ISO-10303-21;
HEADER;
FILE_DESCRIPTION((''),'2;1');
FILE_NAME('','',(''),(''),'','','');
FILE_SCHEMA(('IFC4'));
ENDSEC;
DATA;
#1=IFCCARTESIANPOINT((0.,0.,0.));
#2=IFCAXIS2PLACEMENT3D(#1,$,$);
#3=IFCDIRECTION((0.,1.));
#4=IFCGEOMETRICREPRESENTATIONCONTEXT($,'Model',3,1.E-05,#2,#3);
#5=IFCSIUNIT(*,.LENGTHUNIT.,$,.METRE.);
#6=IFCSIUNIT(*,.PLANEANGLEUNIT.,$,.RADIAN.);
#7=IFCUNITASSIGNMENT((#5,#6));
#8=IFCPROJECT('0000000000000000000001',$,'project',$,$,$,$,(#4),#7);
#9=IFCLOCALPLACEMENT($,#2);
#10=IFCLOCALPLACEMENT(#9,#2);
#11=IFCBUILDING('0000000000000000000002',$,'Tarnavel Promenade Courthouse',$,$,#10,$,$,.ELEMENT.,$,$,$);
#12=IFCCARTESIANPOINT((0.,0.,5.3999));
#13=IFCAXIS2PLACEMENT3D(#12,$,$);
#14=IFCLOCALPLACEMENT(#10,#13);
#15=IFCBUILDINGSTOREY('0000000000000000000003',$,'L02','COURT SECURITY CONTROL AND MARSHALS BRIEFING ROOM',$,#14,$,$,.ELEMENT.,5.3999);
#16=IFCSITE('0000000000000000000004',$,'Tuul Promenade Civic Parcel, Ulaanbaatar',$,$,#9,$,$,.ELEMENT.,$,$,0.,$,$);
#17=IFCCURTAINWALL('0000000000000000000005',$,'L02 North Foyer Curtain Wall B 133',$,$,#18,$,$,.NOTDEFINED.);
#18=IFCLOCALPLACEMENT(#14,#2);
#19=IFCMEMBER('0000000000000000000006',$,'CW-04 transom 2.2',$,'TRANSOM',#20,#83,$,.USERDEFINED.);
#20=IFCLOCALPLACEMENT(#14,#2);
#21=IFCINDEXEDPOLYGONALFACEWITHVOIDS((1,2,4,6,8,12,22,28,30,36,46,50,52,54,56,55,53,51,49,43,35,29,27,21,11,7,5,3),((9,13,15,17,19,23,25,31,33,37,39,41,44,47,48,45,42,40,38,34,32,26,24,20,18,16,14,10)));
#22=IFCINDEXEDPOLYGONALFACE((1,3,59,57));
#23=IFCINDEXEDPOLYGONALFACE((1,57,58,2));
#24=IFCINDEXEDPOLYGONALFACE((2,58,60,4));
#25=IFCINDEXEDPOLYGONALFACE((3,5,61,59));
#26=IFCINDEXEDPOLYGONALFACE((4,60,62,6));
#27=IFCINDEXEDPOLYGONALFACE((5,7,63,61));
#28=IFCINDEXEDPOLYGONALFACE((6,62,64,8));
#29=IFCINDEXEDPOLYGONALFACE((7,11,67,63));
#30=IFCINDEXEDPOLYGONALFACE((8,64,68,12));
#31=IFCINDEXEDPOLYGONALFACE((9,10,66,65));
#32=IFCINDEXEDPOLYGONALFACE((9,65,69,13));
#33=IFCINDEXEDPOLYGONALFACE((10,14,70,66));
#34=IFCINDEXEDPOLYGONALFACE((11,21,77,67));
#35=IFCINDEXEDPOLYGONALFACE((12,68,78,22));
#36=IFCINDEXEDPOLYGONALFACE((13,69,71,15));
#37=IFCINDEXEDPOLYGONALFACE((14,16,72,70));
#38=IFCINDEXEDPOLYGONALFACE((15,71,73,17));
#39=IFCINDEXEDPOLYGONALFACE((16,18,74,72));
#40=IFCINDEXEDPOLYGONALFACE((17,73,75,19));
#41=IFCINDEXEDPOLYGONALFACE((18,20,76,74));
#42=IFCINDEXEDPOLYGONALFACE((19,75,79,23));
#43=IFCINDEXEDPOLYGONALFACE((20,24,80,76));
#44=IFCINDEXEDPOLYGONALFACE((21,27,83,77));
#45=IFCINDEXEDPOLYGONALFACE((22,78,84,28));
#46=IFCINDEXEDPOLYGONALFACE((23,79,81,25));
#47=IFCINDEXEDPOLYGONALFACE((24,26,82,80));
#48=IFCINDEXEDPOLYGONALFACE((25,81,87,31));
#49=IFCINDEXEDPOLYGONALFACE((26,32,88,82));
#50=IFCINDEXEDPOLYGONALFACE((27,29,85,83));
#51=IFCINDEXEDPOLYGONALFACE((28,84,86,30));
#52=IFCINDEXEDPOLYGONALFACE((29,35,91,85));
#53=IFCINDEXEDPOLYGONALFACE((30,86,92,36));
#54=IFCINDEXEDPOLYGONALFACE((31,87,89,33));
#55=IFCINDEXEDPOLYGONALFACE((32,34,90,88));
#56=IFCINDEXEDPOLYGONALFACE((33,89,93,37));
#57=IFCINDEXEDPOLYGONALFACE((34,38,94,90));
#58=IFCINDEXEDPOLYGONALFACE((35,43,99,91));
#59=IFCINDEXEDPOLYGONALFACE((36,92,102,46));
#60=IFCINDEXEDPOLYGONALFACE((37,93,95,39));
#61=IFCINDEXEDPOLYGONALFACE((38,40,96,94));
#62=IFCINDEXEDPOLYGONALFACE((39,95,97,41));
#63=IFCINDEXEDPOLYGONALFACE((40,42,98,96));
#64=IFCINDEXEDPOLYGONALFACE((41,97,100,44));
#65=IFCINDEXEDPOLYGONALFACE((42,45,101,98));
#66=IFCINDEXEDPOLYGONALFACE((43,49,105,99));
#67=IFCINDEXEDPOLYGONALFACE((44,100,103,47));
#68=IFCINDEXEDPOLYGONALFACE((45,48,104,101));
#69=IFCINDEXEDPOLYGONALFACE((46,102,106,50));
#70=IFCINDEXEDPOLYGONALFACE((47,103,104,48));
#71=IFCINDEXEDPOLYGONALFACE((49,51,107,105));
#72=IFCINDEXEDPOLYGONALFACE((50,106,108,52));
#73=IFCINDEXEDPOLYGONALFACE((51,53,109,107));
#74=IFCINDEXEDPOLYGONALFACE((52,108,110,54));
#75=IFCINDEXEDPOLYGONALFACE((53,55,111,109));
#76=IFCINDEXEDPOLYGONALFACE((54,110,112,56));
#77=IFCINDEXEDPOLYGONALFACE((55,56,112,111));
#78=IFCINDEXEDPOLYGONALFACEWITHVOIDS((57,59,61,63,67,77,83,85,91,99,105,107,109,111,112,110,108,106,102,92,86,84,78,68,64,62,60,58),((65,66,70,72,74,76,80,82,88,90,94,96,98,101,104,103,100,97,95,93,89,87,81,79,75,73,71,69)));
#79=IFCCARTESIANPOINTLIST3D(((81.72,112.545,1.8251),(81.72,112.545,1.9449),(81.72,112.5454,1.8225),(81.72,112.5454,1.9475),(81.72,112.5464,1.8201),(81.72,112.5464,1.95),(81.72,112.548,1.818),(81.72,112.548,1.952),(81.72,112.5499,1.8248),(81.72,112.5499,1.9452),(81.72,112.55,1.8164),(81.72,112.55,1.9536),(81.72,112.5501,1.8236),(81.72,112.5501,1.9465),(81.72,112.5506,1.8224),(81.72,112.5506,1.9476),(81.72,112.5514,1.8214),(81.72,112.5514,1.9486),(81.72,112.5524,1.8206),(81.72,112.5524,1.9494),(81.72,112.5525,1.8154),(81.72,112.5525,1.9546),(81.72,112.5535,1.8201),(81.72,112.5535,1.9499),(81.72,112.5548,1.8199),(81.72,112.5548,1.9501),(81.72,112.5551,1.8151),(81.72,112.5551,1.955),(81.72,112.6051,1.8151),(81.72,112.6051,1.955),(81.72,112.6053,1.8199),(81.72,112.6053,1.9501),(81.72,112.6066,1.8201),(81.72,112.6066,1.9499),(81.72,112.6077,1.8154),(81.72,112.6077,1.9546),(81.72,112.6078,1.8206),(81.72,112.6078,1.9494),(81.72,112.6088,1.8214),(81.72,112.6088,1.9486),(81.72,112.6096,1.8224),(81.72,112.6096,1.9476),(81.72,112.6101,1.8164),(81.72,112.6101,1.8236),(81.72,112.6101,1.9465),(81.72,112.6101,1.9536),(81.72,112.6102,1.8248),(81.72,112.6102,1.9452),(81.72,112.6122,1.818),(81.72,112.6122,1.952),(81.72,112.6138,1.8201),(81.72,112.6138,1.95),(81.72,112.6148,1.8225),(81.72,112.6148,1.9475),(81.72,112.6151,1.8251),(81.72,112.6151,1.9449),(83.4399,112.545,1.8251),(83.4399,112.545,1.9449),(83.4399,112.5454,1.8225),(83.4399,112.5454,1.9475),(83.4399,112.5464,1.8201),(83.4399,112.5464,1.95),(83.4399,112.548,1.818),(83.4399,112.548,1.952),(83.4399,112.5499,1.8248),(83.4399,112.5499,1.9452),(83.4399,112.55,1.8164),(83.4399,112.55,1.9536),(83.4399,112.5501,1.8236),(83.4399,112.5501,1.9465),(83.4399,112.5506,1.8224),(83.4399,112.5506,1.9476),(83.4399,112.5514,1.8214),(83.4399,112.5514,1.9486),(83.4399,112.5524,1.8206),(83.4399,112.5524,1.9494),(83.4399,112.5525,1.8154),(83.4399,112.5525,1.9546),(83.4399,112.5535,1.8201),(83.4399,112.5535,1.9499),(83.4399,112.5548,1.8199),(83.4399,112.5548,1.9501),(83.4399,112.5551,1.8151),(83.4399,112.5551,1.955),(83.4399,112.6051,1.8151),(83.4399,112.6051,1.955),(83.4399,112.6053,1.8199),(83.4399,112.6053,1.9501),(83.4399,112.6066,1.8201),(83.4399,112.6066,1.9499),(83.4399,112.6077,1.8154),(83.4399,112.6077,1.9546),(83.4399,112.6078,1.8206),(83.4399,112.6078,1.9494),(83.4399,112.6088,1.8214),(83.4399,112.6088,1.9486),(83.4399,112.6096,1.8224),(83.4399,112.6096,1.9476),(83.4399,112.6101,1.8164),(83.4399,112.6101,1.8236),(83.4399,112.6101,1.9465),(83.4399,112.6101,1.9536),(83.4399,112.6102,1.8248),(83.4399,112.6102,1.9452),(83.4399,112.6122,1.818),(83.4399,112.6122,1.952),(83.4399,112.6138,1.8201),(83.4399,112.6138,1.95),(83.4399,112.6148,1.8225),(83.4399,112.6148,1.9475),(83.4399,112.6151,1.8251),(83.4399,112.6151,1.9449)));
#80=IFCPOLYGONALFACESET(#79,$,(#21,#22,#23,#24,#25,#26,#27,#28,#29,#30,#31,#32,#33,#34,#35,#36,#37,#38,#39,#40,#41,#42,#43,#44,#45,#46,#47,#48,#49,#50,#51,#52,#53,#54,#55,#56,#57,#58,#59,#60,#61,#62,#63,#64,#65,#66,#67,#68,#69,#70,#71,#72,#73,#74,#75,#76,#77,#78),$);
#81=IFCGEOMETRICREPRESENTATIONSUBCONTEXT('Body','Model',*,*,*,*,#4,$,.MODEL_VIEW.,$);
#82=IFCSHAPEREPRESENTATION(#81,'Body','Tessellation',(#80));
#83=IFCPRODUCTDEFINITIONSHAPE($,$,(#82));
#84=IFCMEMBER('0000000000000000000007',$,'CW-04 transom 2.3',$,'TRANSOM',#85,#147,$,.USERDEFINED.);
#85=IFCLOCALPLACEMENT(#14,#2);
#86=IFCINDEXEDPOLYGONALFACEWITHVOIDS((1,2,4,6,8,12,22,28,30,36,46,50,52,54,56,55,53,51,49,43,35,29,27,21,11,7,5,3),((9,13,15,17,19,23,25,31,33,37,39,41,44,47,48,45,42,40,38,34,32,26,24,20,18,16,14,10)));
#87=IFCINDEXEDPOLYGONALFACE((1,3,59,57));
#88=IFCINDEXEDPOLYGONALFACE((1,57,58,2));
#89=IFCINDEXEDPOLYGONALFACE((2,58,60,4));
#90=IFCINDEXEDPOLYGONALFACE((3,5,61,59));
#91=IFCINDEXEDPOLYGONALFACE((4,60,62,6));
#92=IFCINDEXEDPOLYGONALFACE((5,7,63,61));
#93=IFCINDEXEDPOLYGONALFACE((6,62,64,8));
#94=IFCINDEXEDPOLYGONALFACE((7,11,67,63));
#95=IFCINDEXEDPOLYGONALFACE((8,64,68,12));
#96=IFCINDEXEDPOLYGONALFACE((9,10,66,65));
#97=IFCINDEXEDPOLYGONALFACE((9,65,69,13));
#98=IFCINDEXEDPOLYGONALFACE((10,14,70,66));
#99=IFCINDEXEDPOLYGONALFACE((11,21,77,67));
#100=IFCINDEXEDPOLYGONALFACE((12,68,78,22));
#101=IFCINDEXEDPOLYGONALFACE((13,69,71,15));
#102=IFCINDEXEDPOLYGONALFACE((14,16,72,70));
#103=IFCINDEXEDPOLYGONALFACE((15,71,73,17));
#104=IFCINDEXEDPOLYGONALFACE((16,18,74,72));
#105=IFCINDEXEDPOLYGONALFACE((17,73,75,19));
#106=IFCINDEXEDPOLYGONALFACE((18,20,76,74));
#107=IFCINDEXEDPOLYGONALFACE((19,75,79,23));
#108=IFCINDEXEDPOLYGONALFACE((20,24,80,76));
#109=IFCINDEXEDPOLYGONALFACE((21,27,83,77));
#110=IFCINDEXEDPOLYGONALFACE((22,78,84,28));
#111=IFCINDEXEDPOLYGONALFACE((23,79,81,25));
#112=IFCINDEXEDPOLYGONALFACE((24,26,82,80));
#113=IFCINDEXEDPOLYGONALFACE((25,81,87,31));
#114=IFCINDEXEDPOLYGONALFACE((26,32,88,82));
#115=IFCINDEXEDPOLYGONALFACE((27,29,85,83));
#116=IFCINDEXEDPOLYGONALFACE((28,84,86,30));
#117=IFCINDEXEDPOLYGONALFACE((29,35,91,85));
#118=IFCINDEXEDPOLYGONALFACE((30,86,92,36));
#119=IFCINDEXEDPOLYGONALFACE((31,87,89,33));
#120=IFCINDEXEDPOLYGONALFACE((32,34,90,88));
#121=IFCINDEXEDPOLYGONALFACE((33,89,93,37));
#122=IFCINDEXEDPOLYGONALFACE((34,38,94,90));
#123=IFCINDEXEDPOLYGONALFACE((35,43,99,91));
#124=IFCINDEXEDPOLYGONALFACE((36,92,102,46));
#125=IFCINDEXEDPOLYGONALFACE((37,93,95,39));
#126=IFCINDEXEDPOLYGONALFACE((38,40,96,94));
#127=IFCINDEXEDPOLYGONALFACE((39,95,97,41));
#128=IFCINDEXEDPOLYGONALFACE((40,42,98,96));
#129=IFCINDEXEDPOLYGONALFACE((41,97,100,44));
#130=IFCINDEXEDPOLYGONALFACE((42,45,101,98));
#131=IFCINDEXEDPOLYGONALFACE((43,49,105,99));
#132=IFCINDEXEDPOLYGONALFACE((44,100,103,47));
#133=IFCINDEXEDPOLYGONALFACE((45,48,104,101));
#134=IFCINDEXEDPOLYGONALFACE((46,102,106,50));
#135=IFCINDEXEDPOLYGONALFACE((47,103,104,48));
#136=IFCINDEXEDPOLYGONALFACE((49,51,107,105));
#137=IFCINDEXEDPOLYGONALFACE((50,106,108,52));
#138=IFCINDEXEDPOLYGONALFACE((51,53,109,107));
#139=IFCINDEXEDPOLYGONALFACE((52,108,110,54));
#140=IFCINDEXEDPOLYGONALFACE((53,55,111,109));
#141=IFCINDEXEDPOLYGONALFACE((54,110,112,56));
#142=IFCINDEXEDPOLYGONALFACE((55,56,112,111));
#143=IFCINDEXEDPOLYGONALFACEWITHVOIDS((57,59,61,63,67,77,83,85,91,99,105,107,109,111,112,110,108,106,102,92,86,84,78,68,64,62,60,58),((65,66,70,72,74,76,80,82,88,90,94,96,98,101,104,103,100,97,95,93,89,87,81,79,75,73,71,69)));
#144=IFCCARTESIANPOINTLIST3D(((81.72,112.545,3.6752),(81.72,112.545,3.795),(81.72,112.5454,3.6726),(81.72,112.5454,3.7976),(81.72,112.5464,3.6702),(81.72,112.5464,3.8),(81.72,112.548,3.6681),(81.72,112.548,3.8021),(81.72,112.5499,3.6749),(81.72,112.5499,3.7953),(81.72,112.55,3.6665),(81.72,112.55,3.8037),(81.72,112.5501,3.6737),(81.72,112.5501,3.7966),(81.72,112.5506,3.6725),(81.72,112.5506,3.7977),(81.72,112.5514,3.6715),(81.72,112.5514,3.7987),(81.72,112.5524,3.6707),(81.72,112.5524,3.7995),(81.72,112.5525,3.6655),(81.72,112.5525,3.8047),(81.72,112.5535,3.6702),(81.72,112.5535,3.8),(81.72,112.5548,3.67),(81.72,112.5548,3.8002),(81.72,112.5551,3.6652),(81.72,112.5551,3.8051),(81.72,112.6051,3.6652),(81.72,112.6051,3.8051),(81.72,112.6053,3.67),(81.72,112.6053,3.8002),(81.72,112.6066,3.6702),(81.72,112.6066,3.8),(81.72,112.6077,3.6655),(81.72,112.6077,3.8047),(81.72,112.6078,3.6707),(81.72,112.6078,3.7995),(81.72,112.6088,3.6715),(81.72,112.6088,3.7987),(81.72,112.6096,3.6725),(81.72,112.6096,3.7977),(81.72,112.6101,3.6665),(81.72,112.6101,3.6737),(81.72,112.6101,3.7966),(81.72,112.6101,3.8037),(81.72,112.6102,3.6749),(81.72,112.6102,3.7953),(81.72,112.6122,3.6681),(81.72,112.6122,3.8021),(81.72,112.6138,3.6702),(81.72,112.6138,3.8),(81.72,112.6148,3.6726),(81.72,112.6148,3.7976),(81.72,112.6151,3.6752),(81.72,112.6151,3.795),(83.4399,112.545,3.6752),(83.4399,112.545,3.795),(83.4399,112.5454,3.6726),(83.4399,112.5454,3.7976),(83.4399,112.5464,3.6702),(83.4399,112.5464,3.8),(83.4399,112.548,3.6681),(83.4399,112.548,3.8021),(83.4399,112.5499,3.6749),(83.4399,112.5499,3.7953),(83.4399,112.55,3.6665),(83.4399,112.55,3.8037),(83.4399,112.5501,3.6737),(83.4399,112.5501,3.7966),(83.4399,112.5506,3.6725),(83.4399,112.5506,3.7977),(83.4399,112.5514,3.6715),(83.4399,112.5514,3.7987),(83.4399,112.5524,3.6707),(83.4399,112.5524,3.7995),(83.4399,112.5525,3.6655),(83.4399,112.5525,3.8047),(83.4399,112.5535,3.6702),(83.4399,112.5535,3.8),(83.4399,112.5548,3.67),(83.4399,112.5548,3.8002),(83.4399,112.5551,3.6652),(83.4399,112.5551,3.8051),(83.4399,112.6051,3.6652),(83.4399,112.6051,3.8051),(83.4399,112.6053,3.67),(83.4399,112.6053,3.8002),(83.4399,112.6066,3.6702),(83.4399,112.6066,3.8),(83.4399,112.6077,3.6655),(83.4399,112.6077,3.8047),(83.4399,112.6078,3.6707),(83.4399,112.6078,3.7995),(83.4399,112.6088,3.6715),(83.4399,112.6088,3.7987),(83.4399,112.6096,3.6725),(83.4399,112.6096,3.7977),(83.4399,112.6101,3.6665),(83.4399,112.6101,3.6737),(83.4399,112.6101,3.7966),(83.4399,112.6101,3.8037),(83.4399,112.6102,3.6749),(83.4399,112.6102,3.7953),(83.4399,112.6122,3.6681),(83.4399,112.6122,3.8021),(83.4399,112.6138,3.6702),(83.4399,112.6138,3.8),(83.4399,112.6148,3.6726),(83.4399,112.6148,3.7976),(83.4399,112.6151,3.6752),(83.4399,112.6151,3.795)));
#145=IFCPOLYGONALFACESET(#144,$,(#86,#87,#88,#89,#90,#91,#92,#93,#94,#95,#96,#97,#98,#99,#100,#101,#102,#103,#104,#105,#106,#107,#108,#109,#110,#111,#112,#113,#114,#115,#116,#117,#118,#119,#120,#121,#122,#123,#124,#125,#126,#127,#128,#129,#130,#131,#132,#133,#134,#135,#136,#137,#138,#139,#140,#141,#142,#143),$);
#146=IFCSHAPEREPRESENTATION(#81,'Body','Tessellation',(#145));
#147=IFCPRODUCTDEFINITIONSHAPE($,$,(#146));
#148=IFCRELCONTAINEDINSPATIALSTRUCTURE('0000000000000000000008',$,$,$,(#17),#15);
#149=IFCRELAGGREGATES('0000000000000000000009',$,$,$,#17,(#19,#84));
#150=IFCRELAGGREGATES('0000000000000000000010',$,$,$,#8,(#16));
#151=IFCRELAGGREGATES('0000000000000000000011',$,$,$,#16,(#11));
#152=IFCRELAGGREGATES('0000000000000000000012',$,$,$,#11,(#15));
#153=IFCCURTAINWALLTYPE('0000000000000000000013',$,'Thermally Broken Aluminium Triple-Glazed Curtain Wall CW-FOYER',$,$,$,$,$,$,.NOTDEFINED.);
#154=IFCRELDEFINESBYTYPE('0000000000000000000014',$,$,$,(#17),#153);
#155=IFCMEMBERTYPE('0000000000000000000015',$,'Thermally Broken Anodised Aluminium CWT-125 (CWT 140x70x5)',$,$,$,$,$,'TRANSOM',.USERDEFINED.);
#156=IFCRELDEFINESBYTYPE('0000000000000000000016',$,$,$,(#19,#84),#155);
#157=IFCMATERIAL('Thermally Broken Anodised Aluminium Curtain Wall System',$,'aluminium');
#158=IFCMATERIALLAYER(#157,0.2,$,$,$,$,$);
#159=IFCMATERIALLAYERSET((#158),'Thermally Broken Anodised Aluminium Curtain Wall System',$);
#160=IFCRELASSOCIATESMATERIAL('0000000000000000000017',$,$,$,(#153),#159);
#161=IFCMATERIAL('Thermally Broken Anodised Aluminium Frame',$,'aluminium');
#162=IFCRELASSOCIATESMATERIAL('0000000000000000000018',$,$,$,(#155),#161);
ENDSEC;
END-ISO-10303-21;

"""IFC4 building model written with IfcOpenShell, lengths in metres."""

from ifc_helpers import new_model, si_unit, direction, frame, origin, origin_2d, place, context, subcontext, project, spatial, hollow_rectangle, extrude, material, layer, layer_set, material_profile, profile_set, type_object, element, aggregate, save


model = new_model("IFC4")

# Units and contexts
model_context = context("Model", 3, precision=1e-05, world=origin(), true_north=direction((0.0, 1.0)))
body_context = subcontext(model_context, "Body", "Model", "MODEL_VIEW")
ifc_project = project(units=[si_unit("LENGTHUNIT", "METRE"), si_unit("PLANEANGLEUNIT", "RADIAN")], contexts=[model_context])

# Site, building, storey
site_placement = place(None, origin())
site = spatial("IfcSite", under=ifc_project, at=site_placement, Name="Tuul Promenade Civic Parcel, Ulaanbaatar", CompositionType="ELEMENT", RefElevation=0.0)
building_placement = place(site_placement, origin())
building = spatial("IfcBuilding", under=site, at=building_placement, Name="Tarnavel Promenade Courthouse", CompositionType="ELEMENT")
storey_placement = place(building_placement, frame((0.0, 0.0, 5.3999)))
storey = spatial("IfcBuildingStorey", under=building, at=storey_placement, Name="L02", Description="COURT SECURITY CONTROL AND MARSHALS BRIEFING ROOM", CompositionType="ELEMENT", Elevation=5.3999)

# Curtain wall
ifc_material_1 = material(Name="Thermally Broken Anodised Aluminium Curtain Wall System", Category="aluminium")
ifc_layer_1 = layer(ifc_material_1, 0.2)
ifc_layer_set_1 = layer_set([ifc_layer_1], Name="Thermally Broken Anodised Aluminium Curtain Wall System")
curtain_wall_type = type_object("IfcCurtainWallType", Name="Thermally Broken Aluminium Triple-Glazed Curtain Wall CW-FOYER", PredefinedType="NOTDEFINED", material=ifc_layer_set_1)
ifc_material_2 = material(Name="Thermally Broken Anodised Aluminium Frame", Category="aluminium")
curtain_wall_1_placement = place(storey_placement, origin())
curtain_wall_1 = element("IfcCurtainWall", 1, at=curtain_wall_1_placement, inside=storey, type_object=curtain_wall_type, Name="L02 North Foyer Curtain Wall B 133", PredefinedType="NOTDEFINED")

# Members
ifc_material_profile_1 = material_profile(ifc_material_2, hollow_rectangle(XDim=0.0701, YDim=0.1399, WallThickness=0.0049, InnerFilletRadius=0.0049, OuterFilletRadius=0.01, at=origin_2d()), Name="CWT 140x70x5")
ifc_profile_set_1 = profile_set([ifc_material_profile_1], Name="Thermally Broken Anodised Aluminium Frame")
member_type_1 = type_object("IfcMemberType", Name="Thermally Broken Anodised Aluminium CWT-125 (CWT 140x70x5)", ElementType="TRANSOM", PredefinedType="USERDEFINED", material=ifc_profile_set_1)
member_1_placement = place(storey_placement, frame((81.72, 112.5801, 1.885), z_axis=(1.0, 0.0, 0.0), x_axis=(0.0, 1.0, 0.0)))
member_1 = element("IfcMember", 2, at=member_1_placement, type_object=member_type_1, Name="CW-04 transom 2.2", ObjectType="TRANSOM", PredefinedType="USERDEFINED", context=body_context, shape_type="SweptSolid", body=[
    extrude(hollow_rectangle(XDim=0.0701, YDim=0.1399, WallThickness=0.0049, InnerFilletRadius=0.0049, OuterFilletRadius=0.01, at=origin_2d()), origin(), (0.0, 0.0, 1.0), 1.72),
])
member_2_placement = place(storey_placement, frame((81.72, 112.5801, 3.7351), z_axis=(1.0, 0.0, 0.0), x_axis=(0.0, 1.0, 0.0)))
member_2 = element("IfcMember", 3, at=member_2_placement, type_object=member_type_1, Name="CW-04 transom 2.3", ObjectType="TRANSOM", PredefinedType="USERDEFINED", context=body_context, shape_type="SweptSolid", body=[
    extrude(hollow_rectangle(XDim=0.0701, YDim=0.1399, WallThickness=0.0049, InnerFilletRadius=0.0049, OuterFilletRadius=0.01, at=origin_2d()), origin(), (0.0, 0.0, 1.0), 1.72),
])

aggregate(curtain_wall_1, [member_1, member_2])

save(model, "model.ifc")
